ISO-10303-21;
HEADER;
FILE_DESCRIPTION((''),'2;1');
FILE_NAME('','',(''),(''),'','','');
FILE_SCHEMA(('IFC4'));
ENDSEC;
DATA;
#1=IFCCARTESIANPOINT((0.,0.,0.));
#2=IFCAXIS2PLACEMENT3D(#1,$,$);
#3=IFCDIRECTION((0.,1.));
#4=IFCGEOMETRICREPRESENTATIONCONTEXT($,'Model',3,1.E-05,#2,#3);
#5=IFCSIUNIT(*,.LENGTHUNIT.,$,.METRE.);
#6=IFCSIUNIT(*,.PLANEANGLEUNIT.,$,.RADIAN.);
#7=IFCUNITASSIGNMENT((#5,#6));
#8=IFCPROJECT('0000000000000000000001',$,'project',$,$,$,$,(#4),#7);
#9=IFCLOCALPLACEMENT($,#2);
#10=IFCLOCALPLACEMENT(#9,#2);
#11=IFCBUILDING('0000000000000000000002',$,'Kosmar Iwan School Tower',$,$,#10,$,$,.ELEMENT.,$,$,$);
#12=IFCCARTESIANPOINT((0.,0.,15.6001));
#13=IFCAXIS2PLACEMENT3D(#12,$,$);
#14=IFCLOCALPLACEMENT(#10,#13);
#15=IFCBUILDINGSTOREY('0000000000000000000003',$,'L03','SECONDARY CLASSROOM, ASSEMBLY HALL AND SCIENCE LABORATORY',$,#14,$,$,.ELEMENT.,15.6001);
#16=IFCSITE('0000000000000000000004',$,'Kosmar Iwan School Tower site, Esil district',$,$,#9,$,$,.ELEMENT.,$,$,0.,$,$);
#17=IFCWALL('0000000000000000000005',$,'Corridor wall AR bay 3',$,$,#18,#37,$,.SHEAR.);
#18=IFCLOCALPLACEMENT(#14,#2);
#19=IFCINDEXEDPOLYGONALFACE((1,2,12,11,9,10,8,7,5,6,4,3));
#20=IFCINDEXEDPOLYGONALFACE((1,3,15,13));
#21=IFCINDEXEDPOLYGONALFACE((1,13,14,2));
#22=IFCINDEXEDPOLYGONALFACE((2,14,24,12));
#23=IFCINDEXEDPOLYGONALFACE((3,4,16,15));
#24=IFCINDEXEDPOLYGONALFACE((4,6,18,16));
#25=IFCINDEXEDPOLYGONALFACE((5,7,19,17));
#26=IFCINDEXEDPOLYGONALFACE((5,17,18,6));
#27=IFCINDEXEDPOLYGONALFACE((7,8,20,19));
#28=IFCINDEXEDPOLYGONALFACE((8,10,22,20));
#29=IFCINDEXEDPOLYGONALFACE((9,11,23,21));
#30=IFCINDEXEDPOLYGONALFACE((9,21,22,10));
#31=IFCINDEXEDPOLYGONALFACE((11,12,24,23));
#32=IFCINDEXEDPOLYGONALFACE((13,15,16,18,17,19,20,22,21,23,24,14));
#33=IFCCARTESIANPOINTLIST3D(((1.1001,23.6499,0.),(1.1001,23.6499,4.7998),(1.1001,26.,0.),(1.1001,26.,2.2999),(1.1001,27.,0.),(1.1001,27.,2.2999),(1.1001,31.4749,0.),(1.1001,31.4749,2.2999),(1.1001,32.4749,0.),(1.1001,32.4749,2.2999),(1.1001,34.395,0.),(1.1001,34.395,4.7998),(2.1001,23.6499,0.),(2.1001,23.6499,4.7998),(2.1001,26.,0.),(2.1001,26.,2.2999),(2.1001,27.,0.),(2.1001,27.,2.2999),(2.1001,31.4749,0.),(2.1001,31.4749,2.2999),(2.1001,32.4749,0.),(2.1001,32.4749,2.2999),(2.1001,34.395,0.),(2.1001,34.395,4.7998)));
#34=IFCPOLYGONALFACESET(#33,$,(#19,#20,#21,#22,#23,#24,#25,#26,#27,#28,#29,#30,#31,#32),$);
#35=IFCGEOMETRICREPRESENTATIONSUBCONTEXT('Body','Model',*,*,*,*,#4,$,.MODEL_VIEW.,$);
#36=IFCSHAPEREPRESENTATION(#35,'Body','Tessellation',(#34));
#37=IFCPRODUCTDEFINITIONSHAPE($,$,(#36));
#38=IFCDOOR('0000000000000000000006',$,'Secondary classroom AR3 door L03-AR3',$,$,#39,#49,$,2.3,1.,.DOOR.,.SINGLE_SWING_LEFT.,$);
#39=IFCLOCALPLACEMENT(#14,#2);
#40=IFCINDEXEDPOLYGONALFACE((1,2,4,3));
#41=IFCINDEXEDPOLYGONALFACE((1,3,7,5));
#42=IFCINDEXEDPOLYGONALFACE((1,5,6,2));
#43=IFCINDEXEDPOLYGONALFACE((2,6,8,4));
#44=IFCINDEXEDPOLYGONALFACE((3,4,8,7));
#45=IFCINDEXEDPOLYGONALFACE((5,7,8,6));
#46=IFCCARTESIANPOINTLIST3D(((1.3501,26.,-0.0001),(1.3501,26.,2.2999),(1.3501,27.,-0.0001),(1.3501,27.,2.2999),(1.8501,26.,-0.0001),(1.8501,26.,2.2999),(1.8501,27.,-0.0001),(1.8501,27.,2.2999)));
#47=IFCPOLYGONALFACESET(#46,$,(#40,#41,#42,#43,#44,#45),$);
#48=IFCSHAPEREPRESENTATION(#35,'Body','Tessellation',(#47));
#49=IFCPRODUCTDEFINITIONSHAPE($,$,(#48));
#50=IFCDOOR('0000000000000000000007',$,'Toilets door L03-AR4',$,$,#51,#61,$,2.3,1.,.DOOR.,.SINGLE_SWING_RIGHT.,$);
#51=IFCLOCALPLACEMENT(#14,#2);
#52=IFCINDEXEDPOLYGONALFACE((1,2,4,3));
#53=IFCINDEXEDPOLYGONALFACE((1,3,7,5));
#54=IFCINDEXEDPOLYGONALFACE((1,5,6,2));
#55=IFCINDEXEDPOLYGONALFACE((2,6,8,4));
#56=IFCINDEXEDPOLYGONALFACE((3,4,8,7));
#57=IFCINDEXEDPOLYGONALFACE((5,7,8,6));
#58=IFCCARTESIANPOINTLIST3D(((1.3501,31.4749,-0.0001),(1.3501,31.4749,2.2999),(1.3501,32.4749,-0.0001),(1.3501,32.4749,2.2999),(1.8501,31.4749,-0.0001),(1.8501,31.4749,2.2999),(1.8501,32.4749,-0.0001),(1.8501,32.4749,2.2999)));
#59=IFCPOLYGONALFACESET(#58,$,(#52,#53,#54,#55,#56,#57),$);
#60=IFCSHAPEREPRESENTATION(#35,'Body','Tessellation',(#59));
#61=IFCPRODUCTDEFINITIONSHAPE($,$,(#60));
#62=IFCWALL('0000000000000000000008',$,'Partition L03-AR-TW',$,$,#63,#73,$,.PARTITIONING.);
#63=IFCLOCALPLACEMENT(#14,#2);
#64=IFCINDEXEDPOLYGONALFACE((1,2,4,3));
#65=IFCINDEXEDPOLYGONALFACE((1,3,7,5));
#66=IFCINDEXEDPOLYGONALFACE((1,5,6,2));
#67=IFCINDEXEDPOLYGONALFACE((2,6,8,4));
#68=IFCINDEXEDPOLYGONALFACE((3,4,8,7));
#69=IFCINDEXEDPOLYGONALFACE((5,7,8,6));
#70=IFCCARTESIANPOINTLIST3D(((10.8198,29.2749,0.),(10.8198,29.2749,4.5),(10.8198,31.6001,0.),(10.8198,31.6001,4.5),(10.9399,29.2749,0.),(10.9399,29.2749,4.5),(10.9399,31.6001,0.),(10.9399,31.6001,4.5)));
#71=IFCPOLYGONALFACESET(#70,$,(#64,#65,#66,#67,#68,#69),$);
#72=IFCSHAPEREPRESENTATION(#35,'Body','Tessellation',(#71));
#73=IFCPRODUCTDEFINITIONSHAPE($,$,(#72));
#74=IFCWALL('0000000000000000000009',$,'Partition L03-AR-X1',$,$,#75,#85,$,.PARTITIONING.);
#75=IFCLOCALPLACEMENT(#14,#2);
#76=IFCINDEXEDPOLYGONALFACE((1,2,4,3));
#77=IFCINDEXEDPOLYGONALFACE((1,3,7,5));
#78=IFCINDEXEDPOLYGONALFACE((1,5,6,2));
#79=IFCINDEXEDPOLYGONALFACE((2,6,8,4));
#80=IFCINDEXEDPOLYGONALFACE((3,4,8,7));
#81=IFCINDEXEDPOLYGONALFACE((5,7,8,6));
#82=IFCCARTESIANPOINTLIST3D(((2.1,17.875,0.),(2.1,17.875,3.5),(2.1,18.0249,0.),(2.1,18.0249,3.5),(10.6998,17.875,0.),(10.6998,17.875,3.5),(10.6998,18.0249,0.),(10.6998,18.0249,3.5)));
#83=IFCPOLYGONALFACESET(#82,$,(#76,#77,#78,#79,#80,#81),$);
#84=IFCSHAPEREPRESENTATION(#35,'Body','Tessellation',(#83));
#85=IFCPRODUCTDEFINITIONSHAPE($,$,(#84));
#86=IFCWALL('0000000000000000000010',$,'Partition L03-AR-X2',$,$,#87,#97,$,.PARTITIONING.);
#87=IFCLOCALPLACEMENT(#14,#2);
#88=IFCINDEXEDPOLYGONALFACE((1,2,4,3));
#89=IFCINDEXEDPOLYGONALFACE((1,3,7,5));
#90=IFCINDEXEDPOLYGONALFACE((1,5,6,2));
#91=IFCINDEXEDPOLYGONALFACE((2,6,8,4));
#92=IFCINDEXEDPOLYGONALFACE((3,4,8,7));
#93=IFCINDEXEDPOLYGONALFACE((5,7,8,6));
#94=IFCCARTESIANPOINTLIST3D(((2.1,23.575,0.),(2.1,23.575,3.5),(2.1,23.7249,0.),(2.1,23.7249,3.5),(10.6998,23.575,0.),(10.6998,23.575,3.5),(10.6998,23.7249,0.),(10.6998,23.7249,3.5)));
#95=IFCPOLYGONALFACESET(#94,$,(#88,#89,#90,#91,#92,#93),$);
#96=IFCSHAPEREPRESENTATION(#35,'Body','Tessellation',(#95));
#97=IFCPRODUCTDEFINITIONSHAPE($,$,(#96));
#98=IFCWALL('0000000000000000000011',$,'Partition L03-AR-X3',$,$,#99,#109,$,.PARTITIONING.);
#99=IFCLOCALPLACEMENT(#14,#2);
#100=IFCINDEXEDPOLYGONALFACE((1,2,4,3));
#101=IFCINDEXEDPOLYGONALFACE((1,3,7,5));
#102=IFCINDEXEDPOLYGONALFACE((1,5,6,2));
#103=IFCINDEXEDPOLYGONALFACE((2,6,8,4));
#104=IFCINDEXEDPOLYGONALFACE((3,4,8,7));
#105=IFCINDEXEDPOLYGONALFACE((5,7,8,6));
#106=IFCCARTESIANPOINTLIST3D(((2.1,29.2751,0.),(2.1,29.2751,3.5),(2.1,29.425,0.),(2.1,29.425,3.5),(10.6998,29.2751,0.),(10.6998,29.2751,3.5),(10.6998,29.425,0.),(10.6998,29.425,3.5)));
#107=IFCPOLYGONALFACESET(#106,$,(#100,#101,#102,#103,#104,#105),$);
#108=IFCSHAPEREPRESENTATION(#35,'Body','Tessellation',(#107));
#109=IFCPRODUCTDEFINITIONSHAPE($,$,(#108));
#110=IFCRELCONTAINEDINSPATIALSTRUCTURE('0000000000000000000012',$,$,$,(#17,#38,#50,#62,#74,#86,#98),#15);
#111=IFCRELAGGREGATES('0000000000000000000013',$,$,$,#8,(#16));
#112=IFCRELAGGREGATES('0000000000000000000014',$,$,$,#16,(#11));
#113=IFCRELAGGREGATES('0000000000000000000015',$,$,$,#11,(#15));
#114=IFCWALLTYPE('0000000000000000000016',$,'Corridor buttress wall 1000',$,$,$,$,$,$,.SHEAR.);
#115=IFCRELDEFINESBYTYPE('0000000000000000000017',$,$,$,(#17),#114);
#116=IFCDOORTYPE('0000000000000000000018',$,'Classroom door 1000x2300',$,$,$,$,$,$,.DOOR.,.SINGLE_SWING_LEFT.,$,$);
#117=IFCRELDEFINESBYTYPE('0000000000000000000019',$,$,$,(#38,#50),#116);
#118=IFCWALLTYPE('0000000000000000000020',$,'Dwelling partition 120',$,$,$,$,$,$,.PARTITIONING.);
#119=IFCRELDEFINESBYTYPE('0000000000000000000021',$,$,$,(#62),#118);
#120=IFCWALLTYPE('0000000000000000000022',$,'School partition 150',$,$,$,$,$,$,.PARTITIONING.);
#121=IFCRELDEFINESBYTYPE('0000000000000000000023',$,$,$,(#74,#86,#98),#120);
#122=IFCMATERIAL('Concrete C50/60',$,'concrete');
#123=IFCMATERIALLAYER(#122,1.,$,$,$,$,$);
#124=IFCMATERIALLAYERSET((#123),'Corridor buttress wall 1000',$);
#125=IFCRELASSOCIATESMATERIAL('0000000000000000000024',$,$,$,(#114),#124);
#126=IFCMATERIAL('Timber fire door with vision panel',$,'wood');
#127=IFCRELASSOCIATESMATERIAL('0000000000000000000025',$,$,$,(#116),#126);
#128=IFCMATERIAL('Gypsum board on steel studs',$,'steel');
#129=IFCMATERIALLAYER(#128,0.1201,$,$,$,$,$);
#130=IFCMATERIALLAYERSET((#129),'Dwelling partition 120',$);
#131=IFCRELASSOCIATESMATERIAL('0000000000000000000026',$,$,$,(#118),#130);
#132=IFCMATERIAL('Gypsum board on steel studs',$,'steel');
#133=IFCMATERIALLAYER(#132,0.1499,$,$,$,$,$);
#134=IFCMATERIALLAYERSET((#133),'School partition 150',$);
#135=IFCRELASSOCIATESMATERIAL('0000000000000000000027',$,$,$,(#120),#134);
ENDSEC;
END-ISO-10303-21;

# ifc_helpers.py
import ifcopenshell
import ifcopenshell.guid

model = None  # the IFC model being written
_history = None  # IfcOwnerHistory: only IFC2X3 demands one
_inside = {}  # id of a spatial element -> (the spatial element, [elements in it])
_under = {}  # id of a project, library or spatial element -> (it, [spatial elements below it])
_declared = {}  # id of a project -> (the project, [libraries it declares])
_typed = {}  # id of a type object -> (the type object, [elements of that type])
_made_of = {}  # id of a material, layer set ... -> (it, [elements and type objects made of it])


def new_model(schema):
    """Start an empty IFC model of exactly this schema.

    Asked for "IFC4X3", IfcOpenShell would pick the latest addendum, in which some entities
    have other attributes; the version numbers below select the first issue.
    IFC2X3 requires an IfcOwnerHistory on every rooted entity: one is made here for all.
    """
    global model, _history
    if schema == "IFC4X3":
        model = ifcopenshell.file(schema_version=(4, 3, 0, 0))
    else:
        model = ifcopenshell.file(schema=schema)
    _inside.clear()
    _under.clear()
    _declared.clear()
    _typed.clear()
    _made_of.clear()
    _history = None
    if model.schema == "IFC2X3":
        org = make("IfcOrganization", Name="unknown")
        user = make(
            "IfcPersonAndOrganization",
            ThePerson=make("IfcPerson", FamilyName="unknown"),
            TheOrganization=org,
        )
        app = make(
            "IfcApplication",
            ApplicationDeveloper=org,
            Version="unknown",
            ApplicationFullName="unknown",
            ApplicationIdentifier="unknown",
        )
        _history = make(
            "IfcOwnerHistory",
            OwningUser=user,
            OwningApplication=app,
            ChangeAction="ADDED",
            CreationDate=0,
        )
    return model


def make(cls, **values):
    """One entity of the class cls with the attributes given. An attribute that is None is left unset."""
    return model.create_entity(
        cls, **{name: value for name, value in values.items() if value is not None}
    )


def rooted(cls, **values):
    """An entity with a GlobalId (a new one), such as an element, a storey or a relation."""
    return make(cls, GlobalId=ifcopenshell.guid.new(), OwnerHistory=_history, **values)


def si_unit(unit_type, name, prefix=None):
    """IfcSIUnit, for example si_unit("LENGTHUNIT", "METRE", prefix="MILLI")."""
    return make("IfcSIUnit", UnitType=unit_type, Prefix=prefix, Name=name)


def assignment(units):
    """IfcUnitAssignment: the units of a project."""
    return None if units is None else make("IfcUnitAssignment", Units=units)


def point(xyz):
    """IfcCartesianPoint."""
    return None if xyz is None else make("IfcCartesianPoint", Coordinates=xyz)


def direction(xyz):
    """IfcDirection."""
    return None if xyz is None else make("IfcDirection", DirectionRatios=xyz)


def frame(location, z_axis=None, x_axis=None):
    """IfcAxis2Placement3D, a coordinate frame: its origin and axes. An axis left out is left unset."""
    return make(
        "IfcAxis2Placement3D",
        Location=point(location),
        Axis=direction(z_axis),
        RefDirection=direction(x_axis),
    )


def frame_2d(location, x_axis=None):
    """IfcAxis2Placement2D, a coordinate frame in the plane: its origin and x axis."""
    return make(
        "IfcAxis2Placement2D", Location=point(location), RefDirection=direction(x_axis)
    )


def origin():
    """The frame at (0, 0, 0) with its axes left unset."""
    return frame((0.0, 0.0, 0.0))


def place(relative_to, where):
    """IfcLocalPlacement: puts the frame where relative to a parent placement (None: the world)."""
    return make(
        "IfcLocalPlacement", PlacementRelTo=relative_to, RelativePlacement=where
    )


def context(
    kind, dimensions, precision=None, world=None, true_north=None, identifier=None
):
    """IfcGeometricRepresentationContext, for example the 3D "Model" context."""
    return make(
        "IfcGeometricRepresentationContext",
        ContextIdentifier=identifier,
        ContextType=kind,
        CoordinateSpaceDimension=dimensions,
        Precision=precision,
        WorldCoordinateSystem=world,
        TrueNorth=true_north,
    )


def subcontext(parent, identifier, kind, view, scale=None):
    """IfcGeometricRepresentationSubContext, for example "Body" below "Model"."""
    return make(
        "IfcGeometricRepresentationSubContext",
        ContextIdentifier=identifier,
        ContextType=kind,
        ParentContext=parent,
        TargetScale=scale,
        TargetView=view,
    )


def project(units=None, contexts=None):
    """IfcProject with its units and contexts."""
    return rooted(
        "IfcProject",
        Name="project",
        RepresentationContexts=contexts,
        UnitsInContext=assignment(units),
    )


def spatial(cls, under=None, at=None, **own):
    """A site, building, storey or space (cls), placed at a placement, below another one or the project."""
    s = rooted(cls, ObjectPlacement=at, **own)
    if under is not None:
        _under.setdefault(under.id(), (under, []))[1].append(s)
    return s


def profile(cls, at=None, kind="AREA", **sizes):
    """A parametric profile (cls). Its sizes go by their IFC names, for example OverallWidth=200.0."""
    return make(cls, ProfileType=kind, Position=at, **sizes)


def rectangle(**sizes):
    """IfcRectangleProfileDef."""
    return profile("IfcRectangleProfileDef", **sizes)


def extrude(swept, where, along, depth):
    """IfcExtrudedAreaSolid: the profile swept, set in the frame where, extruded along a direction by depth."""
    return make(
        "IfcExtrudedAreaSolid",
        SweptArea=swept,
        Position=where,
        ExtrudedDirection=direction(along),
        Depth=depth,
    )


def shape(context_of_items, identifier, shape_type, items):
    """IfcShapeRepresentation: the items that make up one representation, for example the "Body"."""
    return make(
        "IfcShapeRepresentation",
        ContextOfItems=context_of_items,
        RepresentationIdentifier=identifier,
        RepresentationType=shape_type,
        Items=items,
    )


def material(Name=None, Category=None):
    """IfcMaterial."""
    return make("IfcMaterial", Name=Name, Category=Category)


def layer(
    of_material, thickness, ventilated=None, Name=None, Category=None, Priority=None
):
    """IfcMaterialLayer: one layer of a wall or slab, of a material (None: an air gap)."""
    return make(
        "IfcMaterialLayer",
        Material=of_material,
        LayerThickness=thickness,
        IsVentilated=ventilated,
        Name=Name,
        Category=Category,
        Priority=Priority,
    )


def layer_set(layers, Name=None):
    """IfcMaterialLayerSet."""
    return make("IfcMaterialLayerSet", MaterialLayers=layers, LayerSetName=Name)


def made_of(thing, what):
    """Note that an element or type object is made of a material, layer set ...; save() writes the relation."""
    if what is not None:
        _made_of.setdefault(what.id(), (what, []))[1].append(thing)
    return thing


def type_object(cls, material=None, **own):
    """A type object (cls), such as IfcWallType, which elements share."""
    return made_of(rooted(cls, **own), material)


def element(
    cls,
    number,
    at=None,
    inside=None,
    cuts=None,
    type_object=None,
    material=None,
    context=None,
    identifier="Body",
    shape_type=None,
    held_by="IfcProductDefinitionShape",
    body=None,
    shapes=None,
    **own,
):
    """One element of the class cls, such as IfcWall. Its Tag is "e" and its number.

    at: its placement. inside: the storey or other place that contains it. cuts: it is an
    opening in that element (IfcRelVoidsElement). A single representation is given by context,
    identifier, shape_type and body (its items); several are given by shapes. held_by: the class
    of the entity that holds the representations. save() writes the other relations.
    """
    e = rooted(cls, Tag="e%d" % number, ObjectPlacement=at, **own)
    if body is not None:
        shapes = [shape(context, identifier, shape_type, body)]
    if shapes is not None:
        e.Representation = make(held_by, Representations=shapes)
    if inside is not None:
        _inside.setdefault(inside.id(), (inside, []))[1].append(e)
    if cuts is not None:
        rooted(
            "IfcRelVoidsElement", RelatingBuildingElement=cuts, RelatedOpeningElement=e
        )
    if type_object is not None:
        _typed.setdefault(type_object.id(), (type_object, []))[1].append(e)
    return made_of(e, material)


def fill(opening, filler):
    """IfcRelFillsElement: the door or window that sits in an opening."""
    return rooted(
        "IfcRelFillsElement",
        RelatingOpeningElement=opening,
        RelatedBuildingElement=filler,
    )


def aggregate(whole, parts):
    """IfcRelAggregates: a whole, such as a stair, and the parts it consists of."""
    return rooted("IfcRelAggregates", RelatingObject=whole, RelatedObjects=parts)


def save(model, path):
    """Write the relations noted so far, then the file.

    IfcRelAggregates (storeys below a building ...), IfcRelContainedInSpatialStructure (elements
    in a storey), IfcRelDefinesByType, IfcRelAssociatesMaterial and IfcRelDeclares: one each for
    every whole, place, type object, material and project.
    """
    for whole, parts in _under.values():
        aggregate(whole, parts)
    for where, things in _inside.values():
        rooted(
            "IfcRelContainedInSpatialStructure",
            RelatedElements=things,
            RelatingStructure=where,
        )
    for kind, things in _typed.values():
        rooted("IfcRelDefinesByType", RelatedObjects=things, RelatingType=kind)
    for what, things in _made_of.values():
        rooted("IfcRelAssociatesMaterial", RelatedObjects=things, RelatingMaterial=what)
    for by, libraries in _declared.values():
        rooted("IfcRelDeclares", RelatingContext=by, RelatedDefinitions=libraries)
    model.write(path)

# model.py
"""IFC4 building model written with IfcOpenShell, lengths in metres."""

from ifc_helpers import new_model, si_unit, direction, frame, frame_2d, origin, place, context, subcontext, project, spatial, rectangle, extrude, material, layer, layer_set, type_object, element, fill, save


model = new_model("IFC4")

# Units and contexts
model_context = context("Model", 3, precision=1e-05, world=origin(), true_north=direction((0.0, 1.0)))
body_context = subcontext(model_context, "Body", "Model", "MODEL_VIEW")
ifc_project = project(units=[si_unit("LENGTHUNIT", "METRE"), si_unit("PLANEANGLEUNIT", "RADIAN")], contexts=[model_context])

# Site, building, storey
site_placement = place(None, origin())
site = spatial("IfcSite", under=ifc_project, at=site_placement, Name="Kosmar Iwan School Tower site, Esil district", CompositionType="ELEMENT", RefElevation=0.0)
building_placement = place(site_placement, origin())
building = spatial("IfcBuilding", under=site, at=building_placement, Name="Kosmar Iwan School Tower", CompositionType="ELEMENT")
storey_placement = place(building_placement, frame((0.0, 0.0, 15.6001)))
storey = spatial("IfcBuildingStorey", under=building, at=storey_placement, Name="L03", Description="SECONDARY CLASSROOM, ASSEMBLY HALL AND SCIENCE LABORATORY", CompositionType="ELEMENT", Elevation=15.6001)

# Shared definitions
ifc_material_1 = material(Name="Concrete C50/60", Category="concrete")
ifc_layer_1 = layer(ifc_material_1, 1.0)
ifc_layer_set_1 = layer_set([ifc_layer_1], Name="Corridor buttress wall 1000")
wall_type_1 = type_object("IfcWallType", Name="Corridor buttress wall 1000", PredefinedType="SHEAR", material=ifc_layer_set_1)
ifc_material_2 = material(Name="Timber fire door with vision panel", Category="wood")
door_type = type_object("IfcDoorType", Name="Classroom door 1000x2300", OperationType="SINGLE_SWING_LEFT", PredefinedType="DOOR", material=ifc_material_2)

# Wall, openings, doors
wall_1_placement = place(storey_placement, frame((1.6001, 23.6499, 0.0), z_axis=(0.0, 0.0, 1.0), x_axis=(0.0, 1.0, 0.0)))
wall_1 = element("IfcWall", 1, at=wall_1_placement, inside=storey, type_object=wall_type_1, Name="Corridor wall AR bay 3", PredefinedType="SHEAR", context=body_context, shape_type="SweptSolid", body=[
    extrude(rectangle(XDim=10.7451, YDim=1.0, at=frame_2d((5.3726, 0.0))), origin(), (0.0, 0.0, 1.0), 4.7998),
])
opening_1_placement = place(wall_1_placement, frame((2.3501, 0.0, 0.0)))
opening_1 = element("IfcOpeningElement", 2, at=opening_1_placement, cuts=wall_1, PredefinedType="OPENING", context=body_context, shape_type="SweptSolid", body=[
    extrude(rectangle(XDim=1.0, YDim=2.3, at=frame_2d((0.5, 1.1499))), frame((0.0, 0.512, 0.0), z_axis=(0.0, -1.0, 0.0), x_axis=(1.0, 0.0, 0.0)), (0.0, 0.0, 1.0), 1.0239),
])
opening_2_placement = place(wall_1_placement, frame((7.825, 0.0, 0.0)))
opening_2 = element("IfcOpeningElement", 3, at=opening_2_placement, cuts=wall_1, PredefinedType="OPENING", context=body_context, shape_type="SweptSolid", body=[
    extrude(rectangle(XDim=1.0, YDim=2.3, at=frame_2d((0.5, 1.1499))), frame((0.0, 0.512, 0.0), z_axis=(0.0, -1.0, 0.0), x_axis=(1.0, 0.0, 0.0)), (0.0, 0.0, 1.0), 1.0239),
])
door_1_placement = place(opening_1_placement, origin())
door_1 = element("IfcDoor", 4, at=door_1_placement, inside=storey, type_object=door_type, Name="Secondary classroom AR3 door L03-AR3", OperationType="SINGLE_SWING_LEFT", OverallHeight=2.3, OverallWidth=1.0, PredefinedType="DOOR", context=body_context, shape_type="SweptSolid", body=[
    extrude(rectangle(XDim=1.0, YDim=2.3, at=frame_2d((0.5, 1.1499))), frame((0.0, 0.25, 0.0), z_axis=(0.0, -1.0, 0.0), x_axis=(1.0, 0.0, 0.0)), (0.0, 0.0, 1.0), 0.5),
])
fill(opening_1, door_1)
door_2_placement = place(opening_2_placement, origin())
door_2 = element("IfcDoor", 5, at=door_2_placement, inside=storey, type_object=door_type, Name="Toilets door L03-AR4", OperationType="SINGLE_SWING_RIGHT", OverallHeight=2.3, OverallWidth=1.0, PredefinedType="DOOR", context=body_context, shape_type="SweptSolid", body=[
    extrude(rectangle(XDim=1.0, YDim=2.3, at=frame_2d((0.5, 1.1499))), frame((0.0, 0.25, 0.0), z_axis=(0.0, -1.0, 0.0), x_axis=(1.0, 0.0, 0.0)), (0.0, 0.0, 1.0), 0.5),
])
fill(opening_2, door_2)

# Walls
ifc_material_3 = material(Name="Gypsum board on steel studs", Category="steel")
ifc_layer_2 = layer(ifc_material_3, 0.1201)
ifc_layer_set_2 = layer_set([ifc_layer_2], Name="Dwelling partition 120")
wall_type_2 = type_object("IfcWallType", Name="Dwelling partition 120", PredefinedType="PARTITIONING", material=ifc_layer_set_2)
wall_2_placement = place(storey_placement, frame((10.8799, 29.2749, 0.0), z_axis=(0.0, 0.0, 1.0), x_axis=(0.0, 1.0, 0.0)))
element("IfcWall", 6, at=wall_2_placement, inside=storey, type_object=wall_type_2, Name="Partition L03-AR-TW", PredefinedType="PARTITIONING", context=body_context, shape_type="SweptSolid", body=[
    extrude(rectangle(XDim=2.3252, YDim=0.1201, at=frame_2d((1.1626, 0.0))), origin(), (0.0, 0.0, 1.0), 4.5),
])
ifc_material_4 = material(Name="Gypsum board on steel studs", Category="steel")
ifc_layer_3 = layer(ifc_material_4, 0.1499)
ifc_layer_set_3 = layer_set([ifc_layer_3], Name="School partition 150")
wall_type_3 = type_object("IfcWallType", Name="School partition 150", PredefinedType="PARTITIONING", material=ifc_layer_set_3)
for number, where, z_axis, x_axis, name in (
    (7, (2.1001, 17.95, 0.0), (0.0, 0.0, 1.0), (1.0, 0.0, 0.0), "Partition L03-AR-X1"),
    (8, (2.1001, 23.6499, 0.0), (0.0, 0.0, 1.0), (1.0, 0.0, 0.0), "Partition L03-AR-X2"),
    (9, (2.1001, 29.3501, 0.0), (0.0, 0.0, 1.0), (1.0, 0.0, 0.0), "Partition L03-AR-X3"),
):
    element("IfcWall", number, at=place(storey_placement, frame(where, z_axis=z_axis, x_axis=x_axis)), inside=storey, type_object=wall_type_3, Name=name, PredefinedType="PARTITIONING", context=body_context, shape_type="SweptSolid", body=[
        extrude(rectangle(XDim=8.5999, YDim=0.1499, at=frame_2d((4.2998, 0.0))), origin(), (0.0, 0.0, 1.0), 3.5),
    ])

save(model, "model.ifc")
